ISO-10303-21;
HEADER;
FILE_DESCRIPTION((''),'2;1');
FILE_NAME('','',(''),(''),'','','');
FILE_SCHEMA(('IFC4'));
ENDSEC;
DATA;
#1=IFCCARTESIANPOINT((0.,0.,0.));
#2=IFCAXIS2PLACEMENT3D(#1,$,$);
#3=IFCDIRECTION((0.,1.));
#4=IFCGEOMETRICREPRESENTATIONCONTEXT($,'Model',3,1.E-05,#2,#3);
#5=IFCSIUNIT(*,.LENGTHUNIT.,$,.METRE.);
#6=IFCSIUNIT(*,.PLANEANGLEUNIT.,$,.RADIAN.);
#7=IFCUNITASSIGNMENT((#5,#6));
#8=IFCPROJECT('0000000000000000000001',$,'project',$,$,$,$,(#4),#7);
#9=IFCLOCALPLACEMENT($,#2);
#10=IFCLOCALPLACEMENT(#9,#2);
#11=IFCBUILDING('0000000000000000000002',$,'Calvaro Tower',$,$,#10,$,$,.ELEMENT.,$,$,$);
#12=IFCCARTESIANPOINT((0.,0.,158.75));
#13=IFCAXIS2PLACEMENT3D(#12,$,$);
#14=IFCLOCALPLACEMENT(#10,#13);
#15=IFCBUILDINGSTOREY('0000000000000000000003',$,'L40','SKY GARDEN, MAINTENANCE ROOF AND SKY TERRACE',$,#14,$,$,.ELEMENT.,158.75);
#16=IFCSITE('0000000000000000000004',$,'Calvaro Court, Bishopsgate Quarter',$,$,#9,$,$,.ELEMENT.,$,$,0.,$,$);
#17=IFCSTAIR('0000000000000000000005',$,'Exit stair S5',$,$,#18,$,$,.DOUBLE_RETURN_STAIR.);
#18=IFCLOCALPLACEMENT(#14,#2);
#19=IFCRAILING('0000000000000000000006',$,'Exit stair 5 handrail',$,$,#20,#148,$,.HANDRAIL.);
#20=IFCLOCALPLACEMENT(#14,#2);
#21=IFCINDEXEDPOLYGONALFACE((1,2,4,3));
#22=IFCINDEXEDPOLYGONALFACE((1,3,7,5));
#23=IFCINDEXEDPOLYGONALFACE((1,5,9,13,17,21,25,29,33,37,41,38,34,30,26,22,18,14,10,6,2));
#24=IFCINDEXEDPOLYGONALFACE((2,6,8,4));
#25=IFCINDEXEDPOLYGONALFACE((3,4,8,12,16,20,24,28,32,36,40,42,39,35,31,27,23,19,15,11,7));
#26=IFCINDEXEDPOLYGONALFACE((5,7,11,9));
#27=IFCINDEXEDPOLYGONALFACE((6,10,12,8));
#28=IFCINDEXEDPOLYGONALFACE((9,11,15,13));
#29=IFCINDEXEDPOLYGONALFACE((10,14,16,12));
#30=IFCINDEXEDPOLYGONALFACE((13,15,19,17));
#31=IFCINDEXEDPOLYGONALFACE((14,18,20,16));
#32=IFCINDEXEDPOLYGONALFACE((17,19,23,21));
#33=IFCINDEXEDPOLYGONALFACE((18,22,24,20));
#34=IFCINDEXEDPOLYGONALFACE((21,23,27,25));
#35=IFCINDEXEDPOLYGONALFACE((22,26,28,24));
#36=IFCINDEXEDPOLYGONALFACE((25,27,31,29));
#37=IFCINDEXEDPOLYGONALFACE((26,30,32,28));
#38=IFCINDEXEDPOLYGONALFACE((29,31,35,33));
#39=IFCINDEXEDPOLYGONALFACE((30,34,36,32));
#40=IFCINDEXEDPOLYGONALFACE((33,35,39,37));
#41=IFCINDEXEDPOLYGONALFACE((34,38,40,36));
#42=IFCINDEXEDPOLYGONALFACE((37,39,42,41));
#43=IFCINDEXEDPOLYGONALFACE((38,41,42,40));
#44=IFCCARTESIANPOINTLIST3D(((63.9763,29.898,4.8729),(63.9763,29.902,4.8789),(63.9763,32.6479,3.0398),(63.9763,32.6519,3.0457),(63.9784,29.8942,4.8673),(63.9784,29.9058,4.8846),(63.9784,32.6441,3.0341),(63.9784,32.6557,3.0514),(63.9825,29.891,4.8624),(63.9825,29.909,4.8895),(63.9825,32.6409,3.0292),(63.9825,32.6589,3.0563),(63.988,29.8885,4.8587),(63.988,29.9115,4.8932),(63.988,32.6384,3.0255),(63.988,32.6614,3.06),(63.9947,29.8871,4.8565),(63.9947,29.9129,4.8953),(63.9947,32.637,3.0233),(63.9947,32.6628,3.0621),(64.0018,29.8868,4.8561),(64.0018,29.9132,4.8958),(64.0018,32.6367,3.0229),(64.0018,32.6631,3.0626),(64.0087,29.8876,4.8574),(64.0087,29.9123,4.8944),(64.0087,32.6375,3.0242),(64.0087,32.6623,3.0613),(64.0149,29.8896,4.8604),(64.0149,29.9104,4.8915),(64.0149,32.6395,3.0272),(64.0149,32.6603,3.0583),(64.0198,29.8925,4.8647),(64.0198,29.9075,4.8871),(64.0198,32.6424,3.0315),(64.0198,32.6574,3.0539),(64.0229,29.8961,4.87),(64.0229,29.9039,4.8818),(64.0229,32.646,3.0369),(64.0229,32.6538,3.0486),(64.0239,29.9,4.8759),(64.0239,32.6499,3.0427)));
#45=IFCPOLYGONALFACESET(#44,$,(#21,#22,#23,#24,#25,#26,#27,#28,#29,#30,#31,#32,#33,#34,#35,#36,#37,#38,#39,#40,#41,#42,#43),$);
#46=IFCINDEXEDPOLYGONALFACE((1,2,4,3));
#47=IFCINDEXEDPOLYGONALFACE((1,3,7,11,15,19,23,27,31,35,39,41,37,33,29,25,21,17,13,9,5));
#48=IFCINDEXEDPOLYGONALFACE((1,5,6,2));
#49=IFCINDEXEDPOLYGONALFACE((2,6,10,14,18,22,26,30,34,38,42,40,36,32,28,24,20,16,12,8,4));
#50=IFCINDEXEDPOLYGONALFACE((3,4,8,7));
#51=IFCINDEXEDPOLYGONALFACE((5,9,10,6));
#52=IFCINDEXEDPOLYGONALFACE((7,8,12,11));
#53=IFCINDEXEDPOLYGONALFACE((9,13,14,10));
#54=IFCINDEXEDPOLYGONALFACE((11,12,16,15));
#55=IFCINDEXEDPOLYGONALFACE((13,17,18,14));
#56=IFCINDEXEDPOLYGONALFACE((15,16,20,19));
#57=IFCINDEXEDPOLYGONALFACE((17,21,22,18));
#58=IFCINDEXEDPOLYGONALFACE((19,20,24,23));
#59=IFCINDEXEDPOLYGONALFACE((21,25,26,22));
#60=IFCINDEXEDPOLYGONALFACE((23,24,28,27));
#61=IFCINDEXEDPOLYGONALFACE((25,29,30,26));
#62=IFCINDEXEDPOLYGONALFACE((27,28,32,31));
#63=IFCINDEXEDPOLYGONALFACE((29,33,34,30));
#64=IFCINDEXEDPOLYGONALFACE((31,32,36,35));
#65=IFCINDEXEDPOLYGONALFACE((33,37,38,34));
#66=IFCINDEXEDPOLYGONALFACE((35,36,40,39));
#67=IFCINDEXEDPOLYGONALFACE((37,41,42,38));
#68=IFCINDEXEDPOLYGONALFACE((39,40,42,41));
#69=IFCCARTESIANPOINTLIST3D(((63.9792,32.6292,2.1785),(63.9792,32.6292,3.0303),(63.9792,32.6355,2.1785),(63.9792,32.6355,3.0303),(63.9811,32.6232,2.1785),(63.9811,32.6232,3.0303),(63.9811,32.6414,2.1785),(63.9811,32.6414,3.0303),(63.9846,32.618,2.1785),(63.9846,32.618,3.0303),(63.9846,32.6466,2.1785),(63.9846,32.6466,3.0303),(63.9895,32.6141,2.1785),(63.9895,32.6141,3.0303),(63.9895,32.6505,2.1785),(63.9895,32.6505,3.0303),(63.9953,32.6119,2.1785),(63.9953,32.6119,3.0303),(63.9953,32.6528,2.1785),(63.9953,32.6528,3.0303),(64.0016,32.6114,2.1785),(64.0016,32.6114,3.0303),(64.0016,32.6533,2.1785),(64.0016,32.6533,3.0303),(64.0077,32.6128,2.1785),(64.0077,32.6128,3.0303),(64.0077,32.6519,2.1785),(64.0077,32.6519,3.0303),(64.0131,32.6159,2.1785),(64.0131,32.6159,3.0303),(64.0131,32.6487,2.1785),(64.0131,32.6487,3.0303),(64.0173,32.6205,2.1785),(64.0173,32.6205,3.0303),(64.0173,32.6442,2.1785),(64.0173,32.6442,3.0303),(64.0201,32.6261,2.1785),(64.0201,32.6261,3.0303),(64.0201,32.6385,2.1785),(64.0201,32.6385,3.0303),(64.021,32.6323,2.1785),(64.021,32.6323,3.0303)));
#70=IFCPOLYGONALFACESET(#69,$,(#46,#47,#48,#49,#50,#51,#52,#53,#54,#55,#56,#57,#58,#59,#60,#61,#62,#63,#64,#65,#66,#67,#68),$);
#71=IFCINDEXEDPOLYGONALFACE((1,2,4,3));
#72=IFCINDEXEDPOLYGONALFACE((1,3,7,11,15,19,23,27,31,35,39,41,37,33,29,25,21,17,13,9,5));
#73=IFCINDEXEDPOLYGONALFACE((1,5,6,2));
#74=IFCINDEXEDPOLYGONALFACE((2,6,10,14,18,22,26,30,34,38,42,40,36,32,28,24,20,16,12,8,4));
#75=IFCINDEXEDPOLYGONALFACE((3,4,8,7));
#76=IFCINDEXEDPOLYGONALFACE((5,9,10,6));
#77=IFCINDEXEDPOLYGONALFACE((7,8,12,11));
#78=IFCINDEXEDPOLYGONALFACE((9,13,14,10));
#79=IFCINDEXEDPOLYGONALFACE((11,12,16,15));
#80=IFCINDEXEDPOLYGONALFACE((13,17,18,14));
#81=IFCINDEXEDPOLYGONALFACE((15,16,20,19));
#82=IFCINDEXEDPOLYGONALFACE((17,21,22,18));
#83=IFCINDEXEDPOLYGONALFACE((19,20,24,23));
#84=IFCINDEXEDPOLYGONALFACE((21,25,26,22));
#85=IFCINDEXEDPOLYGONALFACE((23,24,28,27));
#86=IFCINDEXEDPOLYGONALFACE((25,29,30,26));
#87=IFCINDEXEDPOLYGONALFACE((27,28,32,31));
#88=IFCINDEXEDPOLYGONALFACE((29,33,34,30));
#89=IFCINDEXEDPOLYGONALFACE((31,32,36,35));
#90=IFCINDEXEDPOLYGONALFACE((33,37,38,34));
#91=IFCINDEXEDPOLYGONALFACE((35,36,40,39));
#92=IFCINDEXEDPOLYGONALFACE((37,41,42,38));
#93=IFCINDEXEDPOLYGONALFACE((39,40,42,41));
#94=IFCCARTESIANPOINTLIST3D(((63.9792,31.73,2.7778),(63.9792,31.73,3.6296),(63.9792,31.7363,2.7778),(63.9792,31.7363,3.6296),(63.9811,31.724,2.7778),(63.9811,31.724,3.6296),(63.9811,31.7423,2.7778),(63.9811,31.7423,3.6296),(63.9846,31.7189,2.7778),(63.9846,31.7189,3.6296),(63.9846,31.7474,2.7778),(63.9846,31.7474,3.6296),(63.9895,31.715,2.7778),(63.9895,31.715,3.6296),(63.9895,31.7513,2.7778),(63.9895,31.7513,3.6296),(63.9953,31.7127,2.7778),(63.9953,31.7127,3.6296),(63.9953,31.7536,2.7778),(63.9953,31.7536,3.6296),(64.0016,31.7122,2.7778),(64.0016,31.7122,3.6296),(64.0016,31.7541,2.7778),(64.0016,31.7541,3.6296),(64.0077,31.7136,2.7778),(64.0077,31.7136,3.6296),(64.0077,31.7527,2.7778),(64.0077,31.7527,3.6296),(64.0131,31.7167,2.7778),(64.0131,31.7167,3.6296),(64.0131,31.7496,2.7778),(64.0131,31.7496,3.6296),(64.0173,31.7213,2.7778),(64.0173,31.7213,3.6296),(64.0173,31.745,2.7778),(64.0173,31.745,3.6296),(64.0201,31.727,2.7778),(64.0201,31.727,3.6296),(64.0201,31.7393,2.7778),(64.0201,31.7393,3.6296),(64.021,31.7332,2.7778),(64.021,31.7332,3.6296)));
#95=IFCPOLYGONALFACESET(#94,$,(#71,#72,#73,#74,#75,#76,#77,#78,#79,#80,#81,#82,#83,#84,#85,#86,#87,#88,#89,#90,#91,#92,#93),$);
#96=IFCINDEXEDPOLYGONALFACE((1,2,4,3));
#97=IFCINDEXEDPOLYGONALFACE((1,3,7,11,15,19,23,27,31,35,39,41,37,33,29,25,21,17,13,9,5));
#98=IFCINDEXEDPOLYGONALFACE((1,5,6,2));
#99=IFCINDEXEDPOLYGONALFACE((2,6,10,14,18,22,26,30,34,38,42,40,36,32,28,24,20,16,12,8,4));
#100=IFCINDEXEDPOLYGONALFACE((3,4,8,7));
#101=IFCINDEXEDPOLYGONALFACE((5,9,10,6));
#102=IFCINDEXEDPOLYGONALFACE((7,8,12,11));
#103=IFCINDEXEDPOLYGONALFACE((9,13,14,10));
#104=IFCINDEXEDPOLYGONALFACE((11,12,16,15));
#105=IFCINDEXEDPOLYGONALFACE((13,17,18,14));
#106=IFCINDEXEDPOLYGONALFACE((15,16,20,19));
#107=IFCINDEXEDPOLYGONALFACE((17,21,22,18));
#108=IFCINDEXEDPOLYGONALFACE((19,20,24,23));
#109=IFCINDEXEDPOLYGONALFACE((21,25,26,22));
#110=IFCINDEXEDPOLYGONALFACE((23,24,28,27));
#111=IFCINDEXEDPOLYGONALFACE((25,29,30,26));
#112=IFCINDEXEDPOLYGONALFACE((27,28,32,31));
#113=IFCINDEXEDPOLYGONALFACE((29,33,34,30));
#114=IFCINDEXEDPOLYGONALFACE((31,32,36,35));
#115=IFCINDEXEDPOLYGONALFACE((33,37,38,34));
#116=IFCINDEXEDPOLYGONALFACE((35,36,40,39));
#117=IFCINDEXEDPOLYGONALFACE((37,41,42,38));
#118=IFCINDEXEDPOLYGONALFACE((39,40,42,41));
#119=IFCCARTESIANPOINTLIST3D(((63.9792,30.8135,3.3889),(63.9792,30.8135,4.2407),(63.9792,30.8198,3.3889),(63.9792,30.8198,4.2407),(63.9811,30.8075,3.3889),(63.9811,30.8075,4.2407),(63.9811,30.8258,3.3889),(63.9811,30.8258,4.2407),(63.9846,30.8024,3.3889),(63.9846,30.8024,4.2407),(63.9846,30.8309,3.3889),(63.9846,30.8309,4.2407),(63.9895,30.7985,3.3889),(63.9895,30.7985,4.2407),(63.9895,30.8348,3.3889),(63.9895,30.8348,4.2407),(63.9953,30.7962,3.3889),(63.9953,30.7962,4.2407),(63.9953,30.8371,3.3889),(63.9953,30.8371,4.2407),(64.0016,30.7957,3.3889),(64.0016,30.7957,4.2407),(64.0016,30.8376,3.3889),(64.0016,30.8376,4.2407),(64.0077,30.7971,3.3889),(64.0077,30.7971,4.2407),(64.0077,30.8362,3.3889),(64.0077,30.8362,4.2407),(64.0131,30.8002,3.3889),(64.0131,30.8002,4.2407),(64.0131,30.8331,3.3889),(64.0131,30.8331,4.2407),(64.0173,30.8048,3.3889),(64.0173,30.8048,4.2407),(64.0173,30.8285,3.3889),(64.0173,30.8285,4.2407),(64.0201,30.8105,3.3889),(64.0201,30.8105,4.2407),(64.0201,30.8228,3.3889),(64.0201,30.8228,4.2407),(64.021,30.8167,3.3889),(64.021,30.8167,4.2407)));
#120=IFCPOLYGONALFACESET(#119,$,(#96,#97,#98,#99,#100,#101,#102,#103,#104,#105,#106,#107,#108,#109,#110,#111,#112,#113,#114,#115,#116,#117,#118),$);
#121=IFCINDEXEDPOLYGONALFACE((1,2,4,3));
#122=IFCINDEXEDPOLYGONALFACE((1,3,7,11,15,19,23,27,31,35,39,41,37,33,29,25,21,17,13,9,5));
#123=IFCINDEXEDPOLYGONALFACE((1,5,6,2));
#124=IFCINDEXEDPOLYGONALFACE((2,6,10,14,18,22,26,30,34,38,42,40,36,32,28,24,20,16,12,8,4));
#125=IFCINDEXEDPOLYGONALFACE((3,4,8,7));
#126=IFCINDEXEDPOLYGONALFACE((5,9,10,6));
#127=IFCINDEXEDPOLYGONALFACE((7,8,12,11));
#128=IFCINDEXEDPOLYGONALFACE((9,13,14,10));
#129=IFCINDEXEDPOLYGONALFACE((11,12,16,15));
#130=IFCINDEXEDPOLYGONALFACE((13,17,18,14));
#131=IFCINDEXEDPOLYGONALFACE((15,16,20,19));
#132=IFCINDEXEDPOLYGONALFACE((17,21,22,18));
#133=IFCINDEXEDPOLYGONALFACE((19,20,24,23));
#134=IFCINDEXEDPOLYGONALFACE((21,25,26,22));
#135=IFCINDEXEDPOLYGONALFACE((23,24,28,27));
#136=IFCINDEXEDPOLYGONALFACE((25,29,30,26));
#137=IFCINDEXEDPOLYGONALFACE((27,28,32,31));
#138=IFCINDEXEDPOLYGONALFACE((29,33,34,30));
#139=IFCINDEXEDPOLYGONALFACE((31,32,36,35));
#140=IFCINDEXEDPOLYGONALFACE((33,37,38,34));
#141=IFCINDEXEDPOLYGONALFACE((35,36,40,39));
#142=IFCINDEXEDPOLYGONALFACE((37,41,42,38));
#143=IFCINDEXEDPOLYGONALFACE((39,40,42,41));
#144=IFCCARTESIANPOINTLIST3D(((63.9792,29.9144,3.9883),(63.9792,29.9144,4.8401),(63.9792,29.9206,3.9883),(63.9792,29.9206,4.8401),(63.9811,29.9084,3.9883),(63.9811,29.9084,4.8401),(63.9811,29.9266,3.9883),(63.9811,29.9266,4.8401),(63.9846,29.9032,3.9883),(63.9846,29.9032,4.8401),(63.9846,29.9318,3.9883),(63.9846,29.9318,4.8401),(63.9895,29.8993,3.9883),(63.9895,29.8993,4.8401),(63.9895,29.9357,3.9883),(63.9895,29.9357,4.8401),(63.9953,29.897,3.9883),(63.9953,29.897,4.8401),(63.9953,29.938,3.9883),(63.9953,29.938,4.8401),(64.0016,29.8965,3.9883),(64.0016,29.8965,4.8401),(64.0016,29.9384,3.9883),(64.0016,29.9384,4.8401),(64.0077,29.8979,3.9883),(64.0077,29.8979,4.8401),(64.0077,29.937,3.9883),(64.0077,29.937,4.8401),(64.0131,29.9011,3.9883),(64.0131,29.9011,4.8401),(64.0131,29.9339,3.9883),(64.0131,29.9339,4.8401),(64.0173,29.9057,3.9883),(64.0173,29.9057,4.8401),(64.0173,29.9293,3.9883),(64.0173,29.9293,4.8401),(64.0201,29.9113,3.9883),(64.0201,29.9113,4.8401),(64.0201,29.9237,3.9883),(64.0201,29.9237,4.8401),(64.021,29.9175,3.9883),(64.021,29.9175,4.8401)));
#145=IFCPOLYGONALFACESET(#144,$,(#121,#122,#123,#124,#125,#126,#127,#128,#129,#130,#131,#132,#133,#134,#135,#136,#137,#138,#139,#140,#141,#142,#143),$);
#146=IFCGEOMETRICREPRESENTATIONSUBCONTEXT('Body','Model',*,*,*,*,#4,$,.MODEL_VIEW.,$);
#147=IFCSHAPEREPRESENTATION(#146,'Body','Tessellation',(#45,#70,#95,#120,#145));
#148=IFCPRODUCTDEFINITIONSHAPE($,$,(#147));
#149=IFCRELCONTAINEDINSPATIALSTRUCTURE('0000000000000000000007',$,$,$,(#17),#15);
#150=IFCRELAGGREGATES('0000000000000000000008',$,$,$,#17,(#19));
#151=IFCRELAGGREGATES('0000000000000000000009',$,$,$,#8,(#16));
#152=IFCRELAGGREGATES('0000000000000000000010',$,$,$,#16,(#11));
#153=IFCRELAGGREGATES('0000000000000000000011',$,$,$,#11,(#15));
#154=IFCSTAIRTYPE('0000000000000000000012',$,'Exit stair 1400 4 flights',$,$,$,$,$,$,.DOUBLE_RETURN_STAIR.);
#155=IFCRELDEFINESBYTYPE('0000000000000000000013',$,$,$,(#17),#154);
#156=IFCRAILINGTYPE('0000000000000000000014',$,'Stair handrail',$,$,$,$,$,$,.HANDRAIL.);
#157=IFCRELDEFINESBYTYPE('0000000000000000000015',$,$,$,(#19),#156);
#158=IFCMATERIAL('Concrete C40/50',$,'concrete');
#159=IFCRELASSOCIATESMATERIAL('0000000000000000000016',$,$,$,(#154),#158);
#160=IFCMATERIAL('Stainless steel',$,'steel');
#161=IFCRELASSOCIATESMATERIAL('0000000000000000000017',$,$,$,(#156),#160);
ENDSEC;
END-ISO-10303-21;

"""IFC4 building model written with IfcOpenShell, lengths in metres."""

from ifc_helpers import new_model, si_unit, direction, frame, origin, origin_2d, place, context, subcontext, project, spatial, circle, extrude, material, type_object, element, aggregate, save


model = new_model("IFC4")

# Units and contexts
model_context = context("Model", 3, precision=1e-05, world=origin(), true_north=direction((0.0, 1.0)))
body_context = subcontext(model_context, "Body", "Model", "MODEL_VIEW")
ifc_project = project(units=[si_unit("LENGTHUNIT", "METRE"), si_unit("PLANEANGLEUNIT", "RADIAN")], contexts=[model_context])

# Site, building, storey
site_placement = place(None, origin())
site = spatial("IfcSite", under=ifc_project, at=site_placement, Name="Calvaro Court, Bishopsgate Quarter", CompositionType="ELEMENT", RefElevation=0.0)
building_placement = place(site_placement, origin())
building = spatial("IfcBuilding", under=site, at=building_placement, Name="Calvaro Tower", CompositionType="ELEMENT")
storey_placement = place(building_placement, frame((0.0, 0.0, 158.75)))
storey = spatial("IfcBuildingStorey", under=building, at=storey_placement, Name="L40", Description="SKY GARDEN, MAINTENANCE ROOF AND SKY TERRACE", CompositionType="ELEMENT", Elevation=158.75)

# Stair
ifc_material_1 = material(Name="Concrete C40/50", Category="concrete")
stair_type = type_object("IfcStairType", Name="Exit stair 1400 4 flights", PredefinedType="DOUBLE_RETURN_STAIR", material=ifc_material_1)
stair_1_placement = place(storey_placement, origin())
stair_1 = element("IfcStair", 1, at=stair_1_placement, inside=storey, type_object=stair_type, Name="Exit stair S5", PredefinedType="DOUBLE_RETURN_STAIR")

# Shared definitions
ifc_material_2 = material(Name="Stainless steel", Category="steel")
railing_type = type_object("IfcRailingType", Name="Stair handrail", PredefinedType="HANDRAIL", material=ifc_material_2)

# Railing
railing_1_placement = place(storey_placement, frame((64.0, 32.6499, 2.1667)))
railing_1 = element("IfcRailing", 2, at=railing_1_placement, type_object=railing_type, Name="Exit stair 5 handrail", PredefinedType="HANDRAIL", context=body_context, shape_type="SweptSolid", body=[
    extrude(circle(Radius=0.0239, at=origin_2d()), frame((0.0, 0.0, 0.876), z_axis=(0.0, -0.832062, 0.554683), x_axis=(1.0, 0.0, 0.0)), (0.0, 0.0, 1.0), 3.3049),
    extrude(circle(Radius=0.021, at=origin_2d()), frame((0.0, -0.0176, 0.0117)), (0.0, 0.0, 1.0), 0.8518),
    extrude(circle(Radius=0.021, at=origin_2d()), frame((0.0, -0.9167, 0.6111)), (0.0, 0.0, 1.0), 0.8518),
    extrude(circle(Radius=0.021, at=origin_2d()), frame((0.0, -1.8333, 1.2222)), (0.0, 0.0, 1.0), 0.8518),
    extrude(circle(Radius=0.021, at=origin_2d()), frame((0.0, -2.7324, 1.8215)), (0.0, 0.0, 1.0), 0.8518),
])
aggregate(stair_1, [railing_1])

save(model, "model.ifc")
